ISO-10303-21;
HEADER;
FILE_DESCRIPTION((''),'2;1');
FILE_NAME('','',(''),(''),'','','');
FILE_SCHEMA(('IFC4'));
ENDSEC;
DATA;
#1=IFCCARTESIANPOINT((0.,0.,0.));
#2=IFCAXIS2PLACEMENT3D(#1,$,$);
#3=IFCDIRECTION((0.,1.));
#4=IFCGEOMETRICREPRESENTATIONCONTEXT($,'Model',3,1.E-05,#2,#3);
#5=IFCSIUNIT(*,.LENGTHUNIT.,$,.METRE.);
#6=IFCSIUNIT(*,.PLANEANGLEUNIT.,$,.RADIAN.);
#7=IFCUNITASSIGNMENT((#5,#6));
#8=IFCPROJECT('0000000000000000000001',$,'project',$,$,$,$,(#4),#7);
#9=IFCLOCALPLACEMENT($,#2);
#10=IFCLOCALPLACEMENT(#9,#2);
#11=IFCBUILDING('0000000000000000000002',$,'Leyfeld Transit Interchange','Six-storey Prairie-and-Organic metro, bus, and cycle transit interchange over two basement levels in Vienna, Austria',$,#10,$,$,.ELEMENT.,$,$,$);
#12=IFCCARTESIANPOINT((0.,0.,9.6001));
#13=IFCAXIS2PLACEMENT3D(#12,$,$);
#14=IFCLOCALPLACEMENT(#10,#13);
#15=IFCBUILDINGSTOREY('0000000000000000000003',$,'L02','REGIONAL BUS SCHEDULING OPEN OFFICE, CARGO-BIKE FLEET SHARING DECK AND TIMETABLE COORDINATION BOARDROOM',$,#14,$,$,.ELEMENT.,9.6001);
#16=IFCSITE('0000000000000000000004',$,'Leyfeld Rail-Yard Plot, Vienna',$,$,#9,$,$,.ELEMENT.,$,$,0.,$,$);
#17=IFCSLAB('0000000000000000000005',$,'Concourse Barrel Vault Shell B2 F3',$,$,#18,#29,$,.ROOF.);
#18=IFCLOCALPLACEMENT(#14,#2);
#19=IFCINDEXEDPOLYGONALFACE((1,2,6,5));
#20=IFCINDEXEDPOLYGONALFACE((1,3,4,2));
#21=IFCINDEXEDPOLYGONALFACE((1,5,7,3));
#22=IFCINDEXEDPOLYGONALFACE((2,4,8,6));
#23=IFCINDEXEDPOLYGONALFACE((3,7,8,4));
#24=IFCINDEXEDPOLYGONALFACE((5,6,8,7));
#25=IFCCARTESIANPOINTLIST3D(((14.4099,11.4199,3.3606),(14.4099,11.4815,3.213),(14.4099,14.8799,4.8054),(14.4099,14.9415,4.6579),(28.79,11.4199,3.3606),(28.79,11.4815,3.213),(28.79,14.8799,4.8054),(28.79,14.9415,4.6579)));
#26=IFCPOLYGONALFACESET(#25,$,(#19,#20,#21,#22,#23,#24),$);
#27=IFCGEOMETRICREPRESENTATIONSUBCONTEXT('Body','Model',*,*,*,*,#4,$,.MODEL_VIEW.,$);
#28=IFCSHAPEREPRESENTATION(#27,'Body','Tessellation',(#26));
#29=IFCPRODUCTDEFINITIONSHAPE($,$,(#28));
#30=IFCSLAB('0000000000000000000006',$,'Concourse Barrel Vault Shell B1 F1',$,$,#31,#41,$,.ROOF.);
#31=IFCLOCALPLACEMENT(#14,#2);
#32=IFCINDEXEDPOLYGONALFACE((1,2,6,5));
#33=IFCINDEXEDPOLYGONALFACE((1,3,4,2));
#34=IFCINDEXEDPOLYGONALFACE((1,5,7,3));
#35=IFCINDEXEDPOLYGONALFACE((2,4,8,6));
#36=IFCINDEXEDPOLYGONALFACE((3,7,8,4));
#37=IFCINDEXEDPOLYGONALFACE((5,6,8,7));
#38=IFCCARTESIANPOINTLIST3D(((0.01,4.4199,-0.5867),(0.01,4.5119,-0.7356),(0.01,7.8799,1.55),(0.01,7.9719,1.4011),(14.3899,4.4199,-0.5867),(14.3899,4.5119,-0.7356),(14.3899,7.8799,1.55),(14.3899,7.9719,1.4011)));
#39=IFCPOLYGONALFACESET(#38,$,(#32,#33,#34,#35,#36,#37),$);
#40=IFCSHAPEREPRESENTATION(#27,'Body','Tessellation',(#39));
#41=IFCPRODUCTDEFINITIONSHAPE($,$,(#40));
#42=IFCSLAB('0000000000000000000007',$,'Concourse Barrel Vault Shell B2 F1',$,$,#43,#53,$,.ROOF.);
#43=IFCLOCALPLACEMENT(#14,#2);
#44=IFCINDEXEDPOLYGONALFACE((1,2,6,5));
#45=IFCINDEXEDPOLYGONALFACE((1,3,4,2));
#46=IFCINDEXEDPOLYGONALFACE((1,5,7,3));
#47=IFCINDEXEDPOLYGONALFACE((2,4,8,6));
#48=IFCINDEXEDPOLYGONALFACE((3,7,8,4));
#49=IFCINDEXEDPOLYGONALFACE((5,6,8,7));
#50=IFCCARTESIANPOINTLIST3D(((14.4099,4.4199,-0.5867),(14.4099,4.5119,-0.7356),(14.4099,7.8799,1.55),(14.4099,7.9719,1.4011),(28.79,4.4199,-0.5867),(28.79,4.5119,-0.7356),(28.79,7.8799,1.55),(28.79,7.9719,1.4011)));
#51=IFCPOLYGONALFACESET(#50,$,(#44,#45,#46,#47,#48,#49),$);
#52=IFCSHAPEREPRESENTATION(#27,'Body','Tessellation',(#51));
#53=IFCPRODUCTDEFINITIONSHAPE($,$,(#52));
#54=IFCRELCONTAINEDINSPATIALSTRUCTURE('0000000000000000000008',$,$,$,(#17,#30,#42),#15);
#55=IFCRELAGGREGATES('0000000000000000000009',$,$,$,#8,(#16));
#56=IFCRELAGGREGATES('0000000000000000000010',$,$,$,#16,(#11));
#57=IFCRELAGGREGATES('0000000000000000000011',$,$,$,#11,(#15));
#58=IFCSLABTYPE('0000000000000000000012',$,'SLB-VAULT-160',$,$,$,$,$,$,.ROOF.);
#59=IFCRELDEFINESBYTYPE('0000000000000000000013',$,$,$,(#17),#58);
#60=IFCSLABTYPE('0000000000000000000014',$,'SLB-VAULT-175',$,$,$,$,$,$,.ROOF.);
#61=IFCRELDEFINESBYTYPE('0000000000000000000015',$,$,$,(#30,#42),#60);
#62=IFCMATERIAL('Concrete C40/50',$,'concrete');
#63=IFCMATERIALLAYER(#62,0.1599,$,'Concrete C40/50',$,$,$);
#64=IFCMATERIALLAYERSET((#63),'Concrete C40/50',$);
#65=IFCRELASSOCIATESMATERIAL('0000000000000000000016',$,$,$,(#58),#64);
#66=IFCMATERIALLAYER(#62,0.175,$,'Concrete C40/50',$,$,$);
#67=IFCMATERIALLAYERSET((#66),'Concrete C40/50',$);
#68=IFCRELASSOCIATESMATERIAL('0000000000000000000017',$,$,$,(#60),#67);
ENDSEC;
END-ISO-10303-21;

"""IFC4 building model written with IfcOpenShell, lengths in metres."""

from ifc_helpers import new_model, si_unit, direction, frame, origin, place, context, subcontext, project, spatial, polyline, outline, extrude, material, layer, layer_set, type_object, element, save


model = new_model("IFC4")

# Units and contexts
model_context = context("Model", 3, precision=1e-05, world=origin(), true_north=direction((0.0, 1.0)))
body_context = subcontext(model_context, "Body", "Model", "MODEL_VIEW")
ifc_project = project(units=[si_unit("LENGTHUNIT", "METRE"), si_unit("PLANEANGLEUNIT", "RADIAN")], contexts=[model_context])

# Site, building, storey
site_placement = place(None, origin())
site = spatial("IfcSite", under=ifc_project, at=site_placement, Name="Leyfeld Rail-Yard Plot, Vienna", CompositionType="ELEMENT", RefElevation=0.0)
building_placement = place(site_placement, origin())
building = spatial("IfcBuilding", under=site, at=building_placement, Name="Leyfeld Transit Interchange", Description="Six-storey Prairie-and-Organic metro, bus, and cycle transit interchange over two basement levels in Vienna, Austria", CompositionType="ELEMENT")
storey_placement = place(building_placement, frame((0.0, 0.0, 9.6001)))
storey = spatial("IfcBuildingStorey", under=building, at=storey_placement, Name="L02", Description="REGIONAL BUS SCHEDULING OPEN OFFICE, CARGO-BIKE FLEET SHARING DECK AND TIMETABLE COORDINATION BOARDROOM", CompositionType="ELEMENT", Elevation=9.6001)

# Shared definitions
ifc_material_1 = material(Name="Concrete C40/50", Category="concrete")

# Slabs
ifc_layer_1 = layer(ifc_material_1, 0.1599, Name="Concrete C40/50")
ifc_layer_set_1 = layer_set([ifc_layer_1], Name="Concrete C40/50")
slab_type_1 = type_object("IfcSlabType", Name="SLB-VAULT-160", PredefinedType="ROOF", material=ifc_layer_set_1)
slab_1_placement = place(storey_placement, frame((14.4099, 11.4199, 3.3606), z_axis=(0.0, -0.385337, 0.922776), x_axis=(1.0, 0.0, 0.0)))
element("IfcSlab", 1, at=slab_1_placement, inside=storey, type_object=slab_type_1, Name="Concourse Barrel Vault Shell B2 F3", PredefinedType="ROOF", context=body_context, shape_type="SweptSolid", body=[
    extrude(outline(polyline([(0.0, 0.0), (14.3801, 0.0), (14.3801, 3.7495), (0.0, 3.7495), (0.0, 0.0)])), origin(), (0.0, 0.0, -1.0), 0.1599),
])
ifc_layer_2 = layer(ifc_material_1, 0.175, Name="Concrete C40/50")
ifc_layer_set_2 = layer_set([ifc_layer_2], Name="Concrete C40/50")
slab_type_2 = type_object("IfcSlabType", Name="SLB-VAULT-175", PredefinedType="ROOF", material=ifc_layer_set_2)
slab_2_placement = place(storey_placement, frame((0.01, 4.4199, -0.5867), z_axis=(0.0, -0.525437, 0.850833), x_axis=(1.0, 0.0, 0.0)))
element("IfcSlab", 2, at=slab_2_placement, inside=storey, type_object=slab_type_2, Name="Concourse Barrel Vault Shell B1 F1", PredefinedType="ROOF", context=body_context, shape_type="SweptSolid", body=[
    extrude(outline(polyline([(0.0, 0.0), (14.3799, 0.0), (14.3799, 4.0666), (0.0, 4.0666), (0.0, 0.0)])), origin(), (0.0, 0.0, -1.0), 0.175),
])
slab_3_placement = place(storey_placement, frame((14.4099, 4.4199, -0.5867), z_axis=(0.0, -0.525437, 0.850833), x_axis=(1.0, 0.0, 0.0)))
element("IfcSlab", 3, at=slab_3_placement, inside=storey, type_object=slab_type_2, Name="Concourse Barrel Vault Shell B2 F1", PredefinedType="ROOF", context=body_context, shape_type="SweptSolid", body=[
    extrude(outline(polyline([(0.0, 0.0), (14.3801, 0.0), (14.3801, 4.0666), (0.0, 4.0666), (0.0, 0.0)])), origin(), (0.0, 0.0, -1.0), 0.175),
])

save(model, "model.ifc")
